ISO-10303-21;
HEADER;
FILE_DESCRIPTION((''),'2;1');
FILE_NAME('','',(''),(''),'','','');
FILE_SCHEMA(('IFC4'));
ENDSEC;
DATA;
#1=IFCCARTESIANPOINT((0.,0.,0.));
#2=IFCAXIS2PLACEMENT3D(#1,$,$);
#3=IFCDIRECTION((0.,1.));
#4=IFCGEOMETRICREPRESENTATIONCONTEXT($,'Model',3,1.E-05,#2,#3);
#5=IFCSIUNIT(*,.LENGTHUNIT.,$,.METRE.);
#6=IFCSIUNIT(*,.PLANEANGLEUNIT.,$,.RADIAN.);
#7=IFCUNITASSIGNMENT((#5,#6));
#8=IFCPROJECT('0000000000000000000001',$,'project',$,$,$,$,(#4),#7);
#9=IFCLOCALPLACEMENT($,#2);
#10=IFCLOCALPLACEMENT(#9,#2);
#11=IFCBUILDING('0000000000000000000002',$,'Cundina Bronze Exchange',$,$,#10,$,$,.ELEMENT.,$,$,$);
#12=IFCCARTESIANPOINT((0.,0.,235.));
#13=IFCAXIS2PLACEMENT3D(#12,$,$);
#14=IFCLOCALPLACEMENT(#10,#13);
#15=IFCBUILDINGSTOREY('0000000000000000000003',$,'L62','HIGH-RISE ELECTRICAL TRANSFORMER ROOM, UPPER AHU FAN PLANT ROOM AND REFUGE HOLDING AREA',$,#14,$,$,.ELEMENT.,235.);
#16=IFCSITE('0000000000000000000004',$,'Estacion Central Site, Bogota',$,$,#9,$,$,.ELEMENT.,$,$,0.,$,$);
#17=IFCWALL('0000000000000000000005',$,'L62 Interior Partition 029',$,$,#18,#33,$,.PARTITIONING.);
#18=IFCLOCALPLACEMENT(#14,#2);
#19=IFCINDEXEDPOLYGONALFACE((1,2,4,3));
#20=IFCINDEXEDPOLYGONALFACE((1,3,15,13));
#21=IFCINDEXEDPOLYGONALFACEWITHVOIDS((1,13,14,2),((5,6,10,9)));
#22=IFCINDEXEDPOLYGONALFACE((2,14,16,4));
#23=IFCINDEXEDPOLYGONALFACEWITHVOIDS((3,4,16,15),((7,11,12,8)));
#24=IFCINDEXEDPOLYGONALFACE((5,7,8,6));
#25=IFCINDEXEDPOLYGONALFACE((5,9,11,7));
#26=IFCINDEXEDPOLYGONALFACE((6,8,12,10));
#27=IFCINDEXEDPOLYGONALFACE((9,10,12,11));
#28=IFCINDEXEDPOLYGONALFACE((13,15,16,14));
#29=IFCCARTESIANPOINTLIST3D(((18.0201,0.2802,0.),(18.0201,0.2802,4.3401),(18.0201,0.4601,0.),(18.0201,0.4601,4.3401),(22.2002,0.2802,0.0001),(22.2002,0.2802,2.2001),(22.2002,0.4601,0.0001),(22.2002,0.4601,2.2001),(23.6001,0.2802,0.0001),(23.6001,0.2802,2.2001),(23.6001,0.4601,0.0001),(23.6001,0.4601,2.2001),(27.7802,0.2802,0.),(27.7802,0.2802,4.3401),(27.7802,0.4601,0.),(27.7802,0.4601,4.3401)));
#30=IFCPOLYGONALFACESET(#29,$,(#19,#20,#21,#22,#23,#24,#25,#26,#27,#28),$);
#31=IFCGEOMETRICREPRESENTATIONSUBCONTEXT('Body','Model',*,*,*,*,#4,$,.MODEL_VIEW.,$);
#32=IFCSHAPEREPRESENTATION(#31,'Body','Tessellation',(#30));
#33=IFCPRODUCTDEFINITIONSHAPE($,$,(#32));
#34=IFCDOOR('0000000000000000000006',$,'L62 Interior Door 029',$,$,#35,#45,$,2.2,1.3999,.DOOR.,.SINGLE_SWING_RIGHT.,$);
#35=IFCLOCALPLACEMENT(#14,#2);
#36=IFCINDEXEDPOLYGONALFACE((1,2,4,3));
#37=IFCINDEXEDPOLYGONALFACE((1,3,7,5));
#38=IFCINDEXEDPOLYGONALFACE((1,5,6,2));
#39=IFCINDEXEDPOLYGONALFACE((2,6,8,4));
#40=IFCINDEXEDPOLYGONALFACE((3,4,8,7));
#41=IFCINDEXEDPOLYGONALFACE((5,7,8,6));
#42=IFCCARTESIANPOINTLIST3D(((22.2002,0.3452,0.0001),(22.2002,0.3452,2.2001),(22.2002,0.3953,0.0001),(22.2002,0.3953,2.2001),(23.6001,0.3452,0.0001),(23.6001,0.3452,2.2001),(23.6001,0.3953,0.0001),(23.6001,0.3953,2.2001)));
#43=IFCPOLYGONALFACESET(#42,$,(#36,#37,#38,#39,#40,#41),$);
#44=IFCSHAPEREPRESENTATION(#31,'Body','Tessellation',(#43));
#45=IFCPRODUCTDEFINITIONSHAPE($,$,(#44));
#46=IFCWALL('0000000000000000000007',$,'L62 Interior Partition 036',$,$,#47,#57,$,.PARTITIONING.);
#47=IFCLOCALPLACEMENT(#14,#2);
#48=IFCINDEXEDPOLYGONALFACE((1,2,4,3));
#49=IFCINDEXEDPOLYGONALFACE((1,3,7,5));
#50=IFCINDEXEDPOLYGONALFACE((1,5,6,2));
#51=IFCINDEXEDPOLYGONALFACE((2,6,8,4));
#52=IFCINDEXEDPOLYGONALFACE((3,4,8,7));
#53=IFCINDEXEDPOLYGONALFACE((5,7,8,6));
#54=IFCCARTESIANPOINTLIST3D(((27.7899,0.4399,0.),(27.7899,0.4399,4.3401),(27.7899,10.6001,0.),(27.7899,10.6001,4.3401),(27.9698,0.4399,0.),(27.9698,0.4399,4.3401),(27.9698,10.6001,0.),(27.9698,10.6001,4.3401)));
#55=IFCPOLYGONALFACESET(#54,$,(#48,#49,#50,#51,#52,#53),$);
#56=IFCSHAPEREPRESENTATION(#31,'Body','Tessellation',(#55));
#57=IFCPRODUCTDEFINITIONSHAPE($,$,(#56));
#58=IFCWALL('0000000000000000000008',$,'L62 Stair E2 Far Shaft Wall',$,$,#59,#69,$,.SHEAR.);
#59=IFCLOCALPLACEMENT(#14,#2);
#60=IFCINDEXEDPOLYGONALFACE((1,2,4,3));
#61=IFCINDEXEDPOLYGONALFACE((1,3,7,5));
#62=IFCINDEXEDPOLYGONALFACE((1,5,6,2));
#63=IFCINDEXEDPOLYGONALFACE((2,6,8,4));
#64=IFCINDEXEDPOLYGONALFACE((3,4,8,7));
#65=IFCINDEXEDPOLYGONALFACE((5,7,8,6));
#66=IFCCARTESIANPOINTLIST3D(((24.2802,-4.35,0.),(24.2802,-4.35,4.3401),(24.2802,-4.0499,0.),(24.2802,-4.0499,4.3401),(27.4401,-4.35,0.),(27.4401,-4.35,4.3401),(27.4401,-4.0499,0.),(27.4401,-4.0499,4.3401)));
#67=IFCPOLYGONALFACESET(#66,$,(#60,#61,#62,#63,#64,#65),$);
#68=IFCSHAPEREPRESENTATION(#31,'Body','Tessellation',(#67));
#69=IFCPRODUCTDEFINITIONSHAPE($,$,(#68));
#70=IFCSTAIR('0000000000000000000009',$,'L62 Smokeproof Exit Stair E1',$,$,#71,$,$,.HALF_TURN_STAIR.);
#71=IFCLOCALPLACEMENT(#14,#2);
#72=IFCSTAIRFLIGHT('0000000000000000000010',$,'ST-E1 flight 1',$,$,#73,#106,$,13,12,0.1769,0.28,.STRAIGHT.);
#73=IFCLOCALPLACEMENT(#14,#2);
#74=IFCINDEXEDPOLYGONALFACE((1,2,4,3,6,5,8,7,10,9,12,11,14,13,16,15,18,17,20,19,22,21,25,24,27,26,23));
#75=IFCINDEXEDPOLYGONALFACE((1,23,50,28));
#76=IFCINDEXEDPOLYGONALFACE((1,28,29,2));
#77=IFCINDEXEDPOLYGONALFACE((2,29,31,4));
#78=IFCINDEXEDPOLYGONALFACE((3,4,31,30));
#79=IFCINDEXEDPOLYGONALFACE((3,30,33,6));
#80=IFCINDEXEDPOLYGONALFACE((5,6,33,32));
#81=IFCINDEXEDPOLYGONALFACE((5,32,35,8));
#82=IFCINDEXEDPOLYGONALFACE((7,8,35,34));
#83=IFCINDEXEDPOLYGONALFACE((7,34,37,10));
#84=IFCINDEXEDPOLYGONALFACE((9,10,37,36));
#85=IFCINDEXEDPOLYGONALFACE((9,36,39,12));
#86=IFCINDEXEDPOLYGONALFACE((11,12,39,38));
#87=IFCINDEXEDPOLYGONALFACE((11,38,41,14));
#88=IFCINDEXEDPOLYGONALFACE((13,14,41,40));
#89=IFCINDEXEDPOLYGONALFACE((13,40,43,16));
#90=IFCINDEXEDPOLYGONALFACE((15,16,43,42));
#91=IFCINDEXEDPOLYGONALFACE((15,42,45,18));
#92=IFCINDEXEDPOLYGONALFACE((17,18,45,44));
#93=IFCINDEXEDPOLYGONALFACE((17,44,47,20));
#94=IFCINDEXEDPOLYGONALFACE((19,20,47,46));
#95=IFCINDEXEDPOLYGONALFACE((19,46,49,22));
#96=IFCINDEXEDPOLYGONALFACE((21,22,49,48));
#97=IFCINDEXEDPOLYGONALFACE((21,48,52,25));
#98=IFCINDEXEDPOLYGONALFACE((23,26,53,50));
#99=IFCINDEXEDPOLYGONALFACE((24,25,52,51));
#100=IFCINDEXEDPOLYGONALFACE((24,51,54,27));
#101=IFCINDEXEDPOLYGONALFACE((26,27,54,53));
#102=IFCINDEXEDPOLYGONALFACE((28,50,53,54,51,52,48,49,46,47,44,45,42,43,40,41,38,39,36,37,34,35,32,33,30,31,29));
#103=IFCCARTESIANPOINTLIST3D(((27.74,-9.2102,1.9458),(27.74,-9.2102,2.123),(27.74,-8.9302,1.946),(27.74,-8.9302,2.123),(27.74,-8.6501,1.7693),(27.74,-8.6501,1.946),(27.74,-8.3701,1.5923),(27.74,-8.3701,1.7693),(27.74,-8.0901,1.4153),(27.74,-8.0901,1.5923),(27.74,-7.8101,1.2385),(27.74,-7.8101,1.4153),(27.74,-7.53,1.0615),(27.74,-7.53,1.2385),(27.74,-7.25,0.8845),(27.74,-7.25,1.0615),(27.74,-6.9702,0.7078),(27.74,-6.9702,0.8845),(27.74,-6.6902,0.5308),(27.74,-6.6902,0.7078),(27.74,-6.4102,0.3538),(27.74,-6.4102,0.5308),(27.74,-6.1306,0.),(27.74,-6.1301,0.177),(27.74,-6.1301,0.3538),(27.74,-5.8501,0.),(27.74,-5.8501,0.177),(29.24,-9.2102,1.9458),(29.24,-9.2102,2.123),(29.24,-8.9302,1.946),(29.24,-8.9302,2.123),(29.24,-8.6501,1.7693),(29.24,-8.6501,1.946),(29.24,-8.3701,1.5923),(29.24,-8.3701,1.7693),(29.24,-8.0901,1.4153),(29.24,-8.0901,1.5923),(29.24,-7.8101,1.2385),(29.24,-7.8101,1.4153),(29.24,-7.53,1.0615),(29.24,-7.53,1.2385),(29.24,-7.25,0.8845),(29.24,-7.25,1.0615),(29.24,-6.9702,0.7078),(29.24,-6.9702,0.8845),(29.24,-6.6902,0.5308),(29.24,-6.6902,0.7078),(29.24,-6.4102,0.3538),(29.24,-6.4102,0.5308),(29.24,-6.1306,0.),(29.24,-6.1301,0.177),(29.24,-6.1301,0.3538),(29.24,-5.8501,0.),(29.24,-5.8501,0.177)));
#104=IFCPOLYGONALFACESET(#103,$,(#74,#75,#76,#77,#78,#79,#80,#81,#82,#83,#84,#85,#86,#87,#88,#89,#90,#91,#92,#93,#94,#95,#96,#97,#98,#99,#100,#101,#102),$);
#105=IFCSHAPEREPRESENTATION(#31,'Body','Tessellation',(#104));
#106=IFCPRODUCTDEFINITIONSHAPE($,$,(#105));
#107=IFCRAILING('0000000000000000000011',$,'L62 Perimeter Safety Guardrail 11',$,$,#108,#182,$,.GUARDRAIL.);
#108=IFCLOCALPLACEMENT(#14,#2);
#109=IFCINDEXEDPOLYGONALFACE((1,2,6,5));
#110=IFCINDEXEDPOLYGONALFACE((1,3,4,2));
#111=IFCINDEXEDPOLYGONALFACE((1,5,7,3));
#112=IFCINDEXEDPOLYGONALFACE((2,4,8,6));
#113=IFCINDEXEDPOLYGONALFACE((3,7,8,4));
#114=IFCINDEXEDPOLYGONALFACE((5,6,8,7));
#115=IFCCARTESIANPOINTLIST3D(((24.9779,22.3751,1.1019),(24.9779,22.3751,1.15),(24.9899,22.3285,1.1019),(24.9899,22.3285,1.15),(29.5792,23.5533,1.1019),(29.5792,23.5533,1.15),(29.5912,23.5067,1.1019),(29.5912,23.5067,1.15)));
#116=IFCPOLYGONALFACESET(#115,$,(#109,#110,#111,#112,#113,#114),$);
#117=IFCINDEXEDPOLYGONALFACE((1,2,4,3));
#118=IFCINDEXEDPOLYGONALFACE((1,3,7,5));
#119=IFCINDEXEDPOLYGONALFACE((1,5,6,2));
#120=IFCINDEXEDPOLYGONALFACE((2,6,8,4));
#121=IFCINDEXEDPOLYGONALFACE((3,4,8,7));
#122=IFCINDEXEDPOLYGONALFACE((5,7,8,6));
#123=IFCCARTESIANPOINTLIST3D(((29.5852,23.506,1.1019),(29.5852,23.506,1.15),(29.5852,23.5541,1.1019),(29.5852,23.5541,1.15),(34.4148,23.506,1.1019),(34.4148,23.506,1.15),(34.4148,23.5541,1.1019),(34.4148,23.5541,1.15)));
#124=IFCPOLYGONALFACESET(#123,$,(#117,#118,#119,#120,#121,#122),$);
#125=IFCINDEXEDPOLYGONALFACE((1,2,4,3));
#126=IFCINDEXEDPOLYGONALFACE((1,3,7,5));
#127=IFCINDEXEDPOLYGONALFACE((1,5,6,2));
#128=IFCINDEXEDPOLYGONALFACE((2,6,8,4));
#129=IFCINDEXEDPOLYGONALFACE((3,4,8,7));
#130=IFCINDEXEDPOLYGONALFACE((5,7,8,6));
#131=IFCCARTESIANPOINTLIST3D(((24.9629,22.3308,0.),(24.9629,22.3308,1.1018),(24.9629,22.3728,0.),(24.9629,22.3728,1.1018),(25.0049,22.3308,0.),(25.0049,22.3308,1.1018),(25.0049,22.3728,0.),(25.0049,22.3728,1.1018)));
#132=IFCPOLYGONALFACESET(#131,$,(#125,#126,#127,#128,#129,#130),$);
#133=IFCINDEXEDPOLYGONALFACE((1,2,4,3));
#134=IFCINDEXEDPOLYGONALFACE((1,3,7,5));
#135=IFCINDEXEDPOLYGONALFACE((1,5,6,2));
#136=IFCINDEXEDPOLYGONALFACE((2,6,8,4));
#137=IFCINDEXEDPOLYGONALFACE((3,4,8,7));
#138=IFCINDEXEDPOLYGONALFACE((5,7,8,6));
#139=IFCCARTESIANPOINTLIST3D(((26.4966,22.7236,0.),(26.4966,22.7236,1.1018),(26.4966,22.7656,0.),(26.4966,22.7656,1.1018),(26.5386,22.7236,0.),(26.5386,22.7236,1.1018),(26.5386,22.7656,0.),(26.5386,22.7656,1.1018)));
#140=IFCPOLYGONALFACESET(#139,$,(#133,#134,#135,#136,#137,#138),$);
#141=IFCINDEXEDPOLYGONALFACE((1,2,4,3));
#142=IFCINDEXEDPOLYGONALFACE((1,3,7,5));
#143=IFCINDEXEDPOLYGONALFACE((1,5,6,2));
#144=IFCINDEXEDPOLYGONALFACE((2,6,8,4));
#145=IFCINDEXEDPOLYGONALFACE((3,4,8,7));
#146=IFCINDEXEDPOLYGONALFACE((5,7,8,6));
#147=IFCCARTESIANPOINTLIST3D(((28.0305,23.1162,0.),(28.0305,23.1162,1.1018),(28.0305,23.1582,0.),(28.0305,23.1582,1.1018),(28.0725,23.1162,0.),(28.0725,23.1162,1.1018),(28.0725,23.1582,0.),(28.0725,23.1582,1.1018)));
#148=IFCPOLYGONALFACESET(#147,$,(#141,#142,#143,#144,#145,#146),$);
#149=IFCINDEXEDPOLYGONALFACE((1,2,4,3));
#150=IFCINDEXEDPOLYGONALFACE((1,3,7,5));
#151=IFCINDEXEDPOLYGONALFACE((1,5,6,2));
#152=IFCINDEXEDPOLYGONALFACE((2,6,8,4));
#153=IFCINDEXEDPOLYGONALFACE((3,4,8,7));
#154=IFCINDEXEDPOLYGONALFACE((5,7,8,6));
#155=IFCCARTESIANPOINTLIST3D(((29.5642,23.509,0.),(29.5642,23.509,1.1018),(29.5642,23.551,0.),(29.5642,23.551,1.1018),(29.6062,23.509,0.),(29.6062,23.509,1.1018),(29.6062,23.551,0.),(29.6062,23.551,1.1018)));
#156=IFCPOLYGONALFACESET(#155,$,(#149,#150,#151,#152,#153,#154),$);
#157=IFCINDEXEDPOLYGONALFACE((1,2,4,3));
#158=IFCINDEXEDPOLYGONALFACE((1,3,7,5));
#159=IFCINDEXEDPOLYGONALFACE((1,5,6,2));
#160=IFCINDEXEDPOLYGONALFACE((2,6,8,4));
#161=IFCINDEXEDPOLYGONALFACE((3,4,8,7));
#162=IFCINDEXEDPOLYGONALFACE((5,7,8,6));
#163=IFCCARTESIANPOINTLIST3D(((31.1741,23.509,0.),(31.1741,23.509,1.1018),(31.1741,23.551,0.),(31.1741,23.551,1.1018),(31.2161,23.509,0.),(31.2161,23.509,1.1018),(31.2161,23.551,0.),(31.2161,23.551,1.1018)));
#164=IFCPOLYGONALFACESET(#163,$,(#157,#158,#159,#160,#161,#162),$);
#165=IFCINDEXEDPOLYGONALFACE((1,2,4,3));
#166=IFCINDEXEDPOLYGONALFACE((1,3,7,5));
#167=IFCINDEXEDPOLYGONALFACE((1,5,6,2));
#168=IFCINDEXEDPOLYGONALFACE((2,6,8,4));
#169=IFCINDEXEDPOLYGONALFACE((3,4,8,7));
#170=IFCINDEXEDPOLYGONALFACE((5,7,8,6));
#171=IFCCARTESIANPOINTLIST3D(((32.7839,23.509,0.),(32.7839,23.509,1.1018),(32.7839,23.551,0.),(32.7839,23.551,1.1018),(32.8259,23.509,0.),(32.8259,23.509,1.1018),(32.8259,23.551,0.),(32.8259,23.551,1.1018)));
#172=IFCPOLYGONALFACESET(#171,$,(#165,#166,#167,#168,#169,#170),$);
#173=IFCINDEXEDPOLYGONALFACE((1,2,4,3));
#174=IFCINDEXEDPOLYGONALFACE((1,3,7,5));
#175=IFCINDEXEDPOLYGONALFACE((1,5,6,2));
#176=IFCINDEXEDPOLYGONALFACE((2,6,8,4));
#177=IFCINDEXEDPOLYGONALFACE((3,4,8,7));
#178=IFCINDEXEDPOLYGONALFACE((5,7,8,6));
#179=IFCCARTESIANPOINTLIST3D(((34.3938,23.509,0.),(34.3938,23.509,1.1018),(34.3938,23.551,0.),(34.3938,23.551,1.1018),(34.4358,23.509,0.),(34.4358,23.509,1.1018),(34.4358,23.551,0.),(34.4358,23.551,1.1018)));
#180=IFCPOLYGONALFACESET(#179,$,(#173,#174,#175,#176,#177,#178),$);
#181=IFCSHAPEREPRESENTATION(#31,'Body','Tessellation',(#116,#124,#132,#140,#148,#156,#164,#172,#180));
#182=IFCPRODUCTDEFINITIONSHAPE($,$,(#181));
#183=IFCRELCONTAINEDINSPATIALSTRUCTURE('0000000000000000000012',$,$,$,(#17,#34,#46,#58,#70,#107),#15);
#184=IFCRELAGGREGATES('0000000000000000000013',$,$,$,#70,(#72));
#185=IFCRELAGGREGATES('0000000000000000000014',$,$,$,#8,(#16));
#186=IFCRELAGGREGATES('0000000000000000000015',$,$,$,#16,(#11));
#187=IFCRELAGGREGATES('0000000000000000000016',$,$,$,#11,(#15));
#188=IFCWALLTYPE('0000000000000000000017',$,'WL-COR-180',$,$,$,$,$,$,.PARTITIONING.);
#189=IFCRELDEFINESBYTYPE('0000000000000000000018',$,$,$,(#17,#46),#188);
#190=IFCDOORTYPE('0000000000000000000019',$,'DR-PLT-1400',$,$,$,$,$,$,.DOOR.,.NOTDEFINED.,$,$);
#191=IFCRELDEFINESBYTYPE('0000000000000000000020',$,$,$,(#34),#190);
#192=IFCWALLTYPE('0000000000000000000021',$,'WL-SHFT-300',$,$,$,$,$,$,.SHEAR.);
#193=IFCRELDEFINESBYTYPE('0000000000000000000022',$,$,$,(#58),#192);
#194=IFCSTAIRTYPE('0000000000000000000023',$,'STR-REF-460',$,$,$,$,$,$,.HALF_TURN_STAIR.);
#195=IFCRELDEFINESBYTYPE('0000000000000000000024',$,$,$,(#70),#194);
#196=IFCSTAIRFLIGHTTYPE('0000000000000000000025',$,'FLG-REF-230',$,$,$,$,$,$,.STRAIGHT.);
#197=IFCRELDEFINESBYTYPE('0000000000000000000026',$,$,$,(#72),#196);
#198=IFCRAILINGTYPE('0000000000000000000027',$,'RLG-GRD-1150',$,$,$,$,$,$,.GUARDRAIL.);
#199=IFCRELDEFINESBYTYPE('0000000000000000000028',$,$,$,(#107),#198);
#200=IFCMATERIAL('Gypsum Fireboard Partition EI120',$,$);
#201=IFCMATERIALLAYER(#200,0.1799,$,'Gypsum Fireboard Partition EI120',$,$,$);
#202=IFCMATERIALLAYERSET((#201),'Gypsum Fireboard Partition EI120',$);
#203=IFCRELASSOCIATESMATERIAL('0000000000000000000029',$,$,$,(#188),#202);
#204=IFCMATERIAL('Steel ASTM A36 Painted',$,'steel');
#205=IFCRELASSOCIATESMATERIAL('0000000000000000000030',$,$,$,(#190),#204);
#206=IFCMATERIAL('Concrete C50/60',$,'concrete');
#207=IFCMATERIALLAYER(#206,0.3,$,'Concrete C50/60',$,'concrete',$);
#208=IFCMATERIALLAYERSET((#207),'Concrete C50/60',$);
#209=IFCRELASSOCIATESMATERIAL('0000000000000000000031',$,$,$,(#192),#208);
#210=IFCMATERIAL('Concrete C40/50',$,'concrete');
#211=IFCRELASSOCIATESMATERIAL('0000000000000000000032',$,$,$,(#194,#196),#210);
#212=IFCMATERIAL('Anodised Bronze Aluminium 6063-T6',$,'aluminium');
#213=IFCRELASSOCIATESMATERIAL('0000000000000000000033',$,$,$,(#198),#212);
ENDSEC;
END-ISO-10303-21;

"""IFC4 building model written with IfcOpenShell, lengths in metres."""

from ifc_helpers import new_model, si_unit, direction, frame, frame_2d, origin, origin_2d, place, context, subcontext, project, spatial, polyline, rectangle, outline, extrude, material, layer, layer_set, type_object, element, fill, aggregate, save


model = new_model("IFC4")

# Units and contexts
model_context = context("Model", 3, precision=1e-05, world=origin(), true_north=direction((0.0, 1.0)))
body_context = subcontext(model_context, "Body", "Model", "MODEL_VIEW")
ifc_project = project(units=[si_unit("LENGTHUNIT", "METRE"), si_unit("PLANEANGLEUNIT", "RADIAN")], contexts=[model_context])

# Site, building, storey
site_placement = place(None, origin())
site = spatial("IfcSite", under=ifc_project, at=site_placement, Name="Estacion Central Site, Bogota", CompositionType="ELEMENT", RefElevation=0.0)
building_placement = place(site_placement, origin())
building = spatial("IfcBuilding", under=site, at=building_placement, Name="Cundina Bronze Exchange", CompositionType="ELEMENT")
storey_placement = place(building_placement, frame((0.0, 0.0, 235.0)))
storey = spatial("IfcBuildingStorey", under=building, at=storey_placement, Name="L62", Description="HIGH-RISE ELECTRICAL TRANSFORMER ROOM, UPPER AHU FAN PLANT ROOM AND REFUGE HOLDING AREA", CompositionType="ELEMENT", Elevation=235.0)

# Shared definitions
ifc_material_1 = material(Name="Concrete C50/60", Category="concrete")

# Wall, opening, door
ifc_material_2 = material(Name="Gypsum Fireboard Partition EI120")
ifc_layer_1 = layer(ifc_material_2, 0.1799, Name="Gypsum Fireboard Partition EI120")
ifc_layer_set_1 = layer_set([ifc_layer_1], Name="Gypsum Fireboard Partition EI120")
wall_type_1 = type_object("IfcWallType", Name="WL-COR-180", PredefinedType="PARTITIONING", material=ifc_layer_set_1)
ifc_material_3 = material(Name="Steel ASTM A36 Painted", Category="steel")
wall_1_placement = place(storey_placement, frame((27.78, 0.3701, 0.0), z_axis=(0.0, 0.0, 1.0), x_axis=(-1.0, 0.0, 0.0)))
wall_1 = element("IfcWall", 1, at=wall_1_placement, inside=storey, type_object=wall_type_1, Name="L62 Interior Partition 029", PredefinedType="PARTITIONING", context=body_context, shape_type="SweptSolid", body=[
    extrude(rectangle(XDim=9.76, YDim=0.1799, at=frame_2d((4.8799, 0.0))), origin(), (0.0, 0.0, 1.0), 4.3401),
])
opening_1_placement = place(wall_1_placement, frame((4.1799, 0.0, 0.0)))
opening_1 = element("IfcOpeningElement", 2, at=opening_1_placement, cuts=wall_1, PredefinedType="OPENING", context=body_context, shape_type="SweptSolid", body=[
    extrude(rectangle(XDim=1.3999, YDim=2.2, at=frame_2d((0.7, 1.1001))), frame((0.0, 0.0999, 0.0), z_axis=(0.0, -1.0, 0.0), x_axis=(1.0, 0.0, 0.0)), (0.0, 0.0, 1.0), 0.2),
])
door_type_1 = type_object("IfcDoorType", Name="DR-PLT-1400", OperationType="NOTDEFINED", PredefinedType="DOOR", material=ifc_material_3)
door_1_placement = place(opening_1_placement, origin())
door_1 = element("IfcDoor", 3, at=door_1_placement, inside=storey, type_object=door_type_1, Name="L62 Interior Door 029", OperationType="SINGLE_SWING_RIGHT", OverallHeight=2.2, OverallWidth=1.3999, PredefinedType="DOOR", context=body_context, shape_type="SweptSolid", body=[
    extrude(rectangle(XDim=1.3999, YDim=2.2, at=frame_2d((0.7, 1.1001))), frame((0.0, 0.0249, 0.0), z_axis=(0.0, -1.0, 0.0), x_axis=(1.0, 0.0, 0.0)), (0.0, 0.0, 1.0), 0.05),
])
fill(opening_1, door_1)

# Wall
wall_2_placement = place(storey_placement, frame((27.8799, 0.4399, 0.0), z_axis=(0.0, 0.0, 1.0), x_axis=(0.0, 1.0, 0.0)))
element("IfcWall", 4, at=wall_2_placement, inside=storey, type_object=wall_type_1, Name="L62 Interior Partition 036", PredefinedType="PARTITIONING", context=body_context, shape_type="SweptSolid", body=[
    extrude(rectangle(XDim=10.1602, YDim=0.1799, at=frame_2d((5.0801, 0.0))), origin(), (0.0, 0.0, 1.0), 4.3401),
])

# Shared definitions
ifc_layer_2 = layer(ifc_material_1, 0.3, Name="Concrete C50/60", Category="concrete")
ifc_layer_set_2 = layer_set([ifc_layer_2], Name="Concrete C50/60")
wall_type_2 = type_object("IfcWallType", Name="WL-SHFT-300", PredefinedType="SHEAR", material=ifc_layer_set_2)

# Wall
wall_3_placement = place(storey_placement, frame((24.28, -4.2, 0.0), z_axis=(0.0, 0.0, 1.0), x_axis=(1.0, 0.0, 0.0)))
element("IfcWall", 5, at=wall_3_placement, inside=storey, type_object=wall_type_2, Name="L62 Stair E2 Far Shaft Wall", PredefinedType="SHEAR", context=body_context, shape_type="SweptSolid", body=[
    extrude(rectangle(XDim=3.1599, YDim=0.3, at=frame_2d((1.5801, 0.0))), origin(), (0.0, 0.0, 1.0), 4.3401),
])

# Stair, stair flight
ifc_material_4 = material(Name="Concrete C40/50", Category="concrete")
stair_type = type_object("IfcStairType", Name="STR-REF-460", PredefinedType="HALF_TURN_STAIR", material=ifc_material_4)
stair_placement = place(storey_placement, origin())
stair = element("IfcStair", 6, at=stair_placement, inside=storey, type_object=stair_type, Name="L62 Smokeproof Exit Stair E1", PredefinedType="HALF_TURN_STAIR")
stair_flight_type = type_object("IfcStairFlightType", Name="FLG-REF-230", PredefinedType="STRAIGHT", material=ifc_material_4)
stair_flight_placement = place(storey_placement, frame((28.49, -5.8501, 0.0), z_axis=(0.0, 0.0, 1.0), x_axis=(0.0, -1.0, 0.0)))
stair_flight = element("IfcStairFlight", 7, at=stair_flight_placement, type_object=stair_flight_type, Name="ST-E1 flight 1", NumberOfRisers=13, NumberOfTreads=12, PredefinedType="STRAIGHT", RiserHeight=0.1769, TreadLength=0.28, context=body_context, shape_type="SweptSolid", body=[
    extrude(outline(polyline([(0.0, 0.0), (0.0, 0.177), (0.28, 0.177), (0.28, 0.3538), (0.5601, 0.3538), (0.5601, 0.5308), (0.8401, 0.5308), (0.8401, 0.7078), (1.1201, 0.7078), (1.1201, 0.8845), (1.3999, 0.8845), (1.3999, 1.0615), (1.6799, 1.0615), (1.6799, 1.2385), (1.96, 1.2385), (1.96, 1.4153), (2.24, 1.4153), (2.24, 1.5923), (2.52, 1.5923), (2.52, 1.7693), (2.8, 1.7693), (2.8, 1.946), (3.0801, 1.946), (3.0801, 2.123), (3.3601, 2.123), (3.3601, 2.3), (3.3601, 1.9458), (0.2805, 0.0), (0.0, 0.0)])), frame((0.0, 0.75, 0.0), z_axis=(0.0, -1.0, 0.0), x_axis=(1.0, 0.0, 0.0)), (0.0, 0.0, 1.0), 1.5),
])
aggregate(stair, [stair_flight])

# Railing
ifc_material_5 = material(Name="Anodised Bronze Aluminium 6063-T6", Category="aluminium")
railing_type_1 = type_object("IfcRailingType", Name="RLG-GRD-1150", PredefinedType="GUARDRAIL", material=ifc_material_5)
railing_1_placement = place(storey_placement, frame((24.9839, 22.3518, 0.0)))
element("IfcRailing", 8, at=railing_1_placement, inside=storey, type_object=railing_type_1, Name="L62 Perimeter Safety Guardrail 11", PredefinedType="GUARDRAIL", context=body_context, shape_type="SweptSolid", body=[
    extrude(rectangle(XDim=0.0481, YDim=0.0481, at=origin_2d()), frame((0.0, 0.0, 1.126), z_axis=(0.968745, 0.248059, 0.0), x_axis=(-0.248059, 0.968745, 0.0)), (0.0, 0.0, 1.0), 4.7498),
    extrude(rectangle(XDim=0.0481, YDim=0.0481, at=origin_2d()), frame((4.6013, 1.1782, 1.126), z_axis=(1.0, 0.0, 0.0), x_axis=(0.0, 1.0, 0.0)), (0.0, 0.0, 1.0), 4.8296),
    extrude(rectangle(XDim=0.042, YDim=0.042, at=origin_2d()), origin(), (0.0, 0.0, 1.0), 1.1018),
    extrude(rectangle(XDim=0.042, YDim=0.042, at=origin_2d()), frame((1.5337, 0.3928, 0.0)), (0.0, 0.0, 1.0), 1.1018),
    extrude(rectangle(XDim=0.042, YDim=0.042, at=origin_2d()), frame((3.0676, 0.7854, 0.0)), (0.0, 0.0, 1.0), 1.1018),
    extrude(rectangle(XDim=0.042, YDim=0.042, at=origin_2d()), frame((4.6013, 1.1782, 0.0)), (0.0, 0.0, 1.0), 1.1018),
    extrude(rectangle(XDim=0.042, YDim=0.042, at=origin_2d()), frame((6.2112, 1.1782, 0.0)), (0.0, 0.0, 1.0), 1.1018),
    extrude(rectangle(XDim=0.042, YDim=0.042, at=origin_2d()), frame((7.821, 1.1782, 0.0)), (0.0, 0.0, 1.0), 1.1018),
    extrude(rectangle(XDim=0.042, YDim=0.042, at=origin_2d()), frame((9.4309, 1.1782, 0.0)), (0.0, 0.0, 1.0), 1.1018),
])

save(model, "model.ifc")
